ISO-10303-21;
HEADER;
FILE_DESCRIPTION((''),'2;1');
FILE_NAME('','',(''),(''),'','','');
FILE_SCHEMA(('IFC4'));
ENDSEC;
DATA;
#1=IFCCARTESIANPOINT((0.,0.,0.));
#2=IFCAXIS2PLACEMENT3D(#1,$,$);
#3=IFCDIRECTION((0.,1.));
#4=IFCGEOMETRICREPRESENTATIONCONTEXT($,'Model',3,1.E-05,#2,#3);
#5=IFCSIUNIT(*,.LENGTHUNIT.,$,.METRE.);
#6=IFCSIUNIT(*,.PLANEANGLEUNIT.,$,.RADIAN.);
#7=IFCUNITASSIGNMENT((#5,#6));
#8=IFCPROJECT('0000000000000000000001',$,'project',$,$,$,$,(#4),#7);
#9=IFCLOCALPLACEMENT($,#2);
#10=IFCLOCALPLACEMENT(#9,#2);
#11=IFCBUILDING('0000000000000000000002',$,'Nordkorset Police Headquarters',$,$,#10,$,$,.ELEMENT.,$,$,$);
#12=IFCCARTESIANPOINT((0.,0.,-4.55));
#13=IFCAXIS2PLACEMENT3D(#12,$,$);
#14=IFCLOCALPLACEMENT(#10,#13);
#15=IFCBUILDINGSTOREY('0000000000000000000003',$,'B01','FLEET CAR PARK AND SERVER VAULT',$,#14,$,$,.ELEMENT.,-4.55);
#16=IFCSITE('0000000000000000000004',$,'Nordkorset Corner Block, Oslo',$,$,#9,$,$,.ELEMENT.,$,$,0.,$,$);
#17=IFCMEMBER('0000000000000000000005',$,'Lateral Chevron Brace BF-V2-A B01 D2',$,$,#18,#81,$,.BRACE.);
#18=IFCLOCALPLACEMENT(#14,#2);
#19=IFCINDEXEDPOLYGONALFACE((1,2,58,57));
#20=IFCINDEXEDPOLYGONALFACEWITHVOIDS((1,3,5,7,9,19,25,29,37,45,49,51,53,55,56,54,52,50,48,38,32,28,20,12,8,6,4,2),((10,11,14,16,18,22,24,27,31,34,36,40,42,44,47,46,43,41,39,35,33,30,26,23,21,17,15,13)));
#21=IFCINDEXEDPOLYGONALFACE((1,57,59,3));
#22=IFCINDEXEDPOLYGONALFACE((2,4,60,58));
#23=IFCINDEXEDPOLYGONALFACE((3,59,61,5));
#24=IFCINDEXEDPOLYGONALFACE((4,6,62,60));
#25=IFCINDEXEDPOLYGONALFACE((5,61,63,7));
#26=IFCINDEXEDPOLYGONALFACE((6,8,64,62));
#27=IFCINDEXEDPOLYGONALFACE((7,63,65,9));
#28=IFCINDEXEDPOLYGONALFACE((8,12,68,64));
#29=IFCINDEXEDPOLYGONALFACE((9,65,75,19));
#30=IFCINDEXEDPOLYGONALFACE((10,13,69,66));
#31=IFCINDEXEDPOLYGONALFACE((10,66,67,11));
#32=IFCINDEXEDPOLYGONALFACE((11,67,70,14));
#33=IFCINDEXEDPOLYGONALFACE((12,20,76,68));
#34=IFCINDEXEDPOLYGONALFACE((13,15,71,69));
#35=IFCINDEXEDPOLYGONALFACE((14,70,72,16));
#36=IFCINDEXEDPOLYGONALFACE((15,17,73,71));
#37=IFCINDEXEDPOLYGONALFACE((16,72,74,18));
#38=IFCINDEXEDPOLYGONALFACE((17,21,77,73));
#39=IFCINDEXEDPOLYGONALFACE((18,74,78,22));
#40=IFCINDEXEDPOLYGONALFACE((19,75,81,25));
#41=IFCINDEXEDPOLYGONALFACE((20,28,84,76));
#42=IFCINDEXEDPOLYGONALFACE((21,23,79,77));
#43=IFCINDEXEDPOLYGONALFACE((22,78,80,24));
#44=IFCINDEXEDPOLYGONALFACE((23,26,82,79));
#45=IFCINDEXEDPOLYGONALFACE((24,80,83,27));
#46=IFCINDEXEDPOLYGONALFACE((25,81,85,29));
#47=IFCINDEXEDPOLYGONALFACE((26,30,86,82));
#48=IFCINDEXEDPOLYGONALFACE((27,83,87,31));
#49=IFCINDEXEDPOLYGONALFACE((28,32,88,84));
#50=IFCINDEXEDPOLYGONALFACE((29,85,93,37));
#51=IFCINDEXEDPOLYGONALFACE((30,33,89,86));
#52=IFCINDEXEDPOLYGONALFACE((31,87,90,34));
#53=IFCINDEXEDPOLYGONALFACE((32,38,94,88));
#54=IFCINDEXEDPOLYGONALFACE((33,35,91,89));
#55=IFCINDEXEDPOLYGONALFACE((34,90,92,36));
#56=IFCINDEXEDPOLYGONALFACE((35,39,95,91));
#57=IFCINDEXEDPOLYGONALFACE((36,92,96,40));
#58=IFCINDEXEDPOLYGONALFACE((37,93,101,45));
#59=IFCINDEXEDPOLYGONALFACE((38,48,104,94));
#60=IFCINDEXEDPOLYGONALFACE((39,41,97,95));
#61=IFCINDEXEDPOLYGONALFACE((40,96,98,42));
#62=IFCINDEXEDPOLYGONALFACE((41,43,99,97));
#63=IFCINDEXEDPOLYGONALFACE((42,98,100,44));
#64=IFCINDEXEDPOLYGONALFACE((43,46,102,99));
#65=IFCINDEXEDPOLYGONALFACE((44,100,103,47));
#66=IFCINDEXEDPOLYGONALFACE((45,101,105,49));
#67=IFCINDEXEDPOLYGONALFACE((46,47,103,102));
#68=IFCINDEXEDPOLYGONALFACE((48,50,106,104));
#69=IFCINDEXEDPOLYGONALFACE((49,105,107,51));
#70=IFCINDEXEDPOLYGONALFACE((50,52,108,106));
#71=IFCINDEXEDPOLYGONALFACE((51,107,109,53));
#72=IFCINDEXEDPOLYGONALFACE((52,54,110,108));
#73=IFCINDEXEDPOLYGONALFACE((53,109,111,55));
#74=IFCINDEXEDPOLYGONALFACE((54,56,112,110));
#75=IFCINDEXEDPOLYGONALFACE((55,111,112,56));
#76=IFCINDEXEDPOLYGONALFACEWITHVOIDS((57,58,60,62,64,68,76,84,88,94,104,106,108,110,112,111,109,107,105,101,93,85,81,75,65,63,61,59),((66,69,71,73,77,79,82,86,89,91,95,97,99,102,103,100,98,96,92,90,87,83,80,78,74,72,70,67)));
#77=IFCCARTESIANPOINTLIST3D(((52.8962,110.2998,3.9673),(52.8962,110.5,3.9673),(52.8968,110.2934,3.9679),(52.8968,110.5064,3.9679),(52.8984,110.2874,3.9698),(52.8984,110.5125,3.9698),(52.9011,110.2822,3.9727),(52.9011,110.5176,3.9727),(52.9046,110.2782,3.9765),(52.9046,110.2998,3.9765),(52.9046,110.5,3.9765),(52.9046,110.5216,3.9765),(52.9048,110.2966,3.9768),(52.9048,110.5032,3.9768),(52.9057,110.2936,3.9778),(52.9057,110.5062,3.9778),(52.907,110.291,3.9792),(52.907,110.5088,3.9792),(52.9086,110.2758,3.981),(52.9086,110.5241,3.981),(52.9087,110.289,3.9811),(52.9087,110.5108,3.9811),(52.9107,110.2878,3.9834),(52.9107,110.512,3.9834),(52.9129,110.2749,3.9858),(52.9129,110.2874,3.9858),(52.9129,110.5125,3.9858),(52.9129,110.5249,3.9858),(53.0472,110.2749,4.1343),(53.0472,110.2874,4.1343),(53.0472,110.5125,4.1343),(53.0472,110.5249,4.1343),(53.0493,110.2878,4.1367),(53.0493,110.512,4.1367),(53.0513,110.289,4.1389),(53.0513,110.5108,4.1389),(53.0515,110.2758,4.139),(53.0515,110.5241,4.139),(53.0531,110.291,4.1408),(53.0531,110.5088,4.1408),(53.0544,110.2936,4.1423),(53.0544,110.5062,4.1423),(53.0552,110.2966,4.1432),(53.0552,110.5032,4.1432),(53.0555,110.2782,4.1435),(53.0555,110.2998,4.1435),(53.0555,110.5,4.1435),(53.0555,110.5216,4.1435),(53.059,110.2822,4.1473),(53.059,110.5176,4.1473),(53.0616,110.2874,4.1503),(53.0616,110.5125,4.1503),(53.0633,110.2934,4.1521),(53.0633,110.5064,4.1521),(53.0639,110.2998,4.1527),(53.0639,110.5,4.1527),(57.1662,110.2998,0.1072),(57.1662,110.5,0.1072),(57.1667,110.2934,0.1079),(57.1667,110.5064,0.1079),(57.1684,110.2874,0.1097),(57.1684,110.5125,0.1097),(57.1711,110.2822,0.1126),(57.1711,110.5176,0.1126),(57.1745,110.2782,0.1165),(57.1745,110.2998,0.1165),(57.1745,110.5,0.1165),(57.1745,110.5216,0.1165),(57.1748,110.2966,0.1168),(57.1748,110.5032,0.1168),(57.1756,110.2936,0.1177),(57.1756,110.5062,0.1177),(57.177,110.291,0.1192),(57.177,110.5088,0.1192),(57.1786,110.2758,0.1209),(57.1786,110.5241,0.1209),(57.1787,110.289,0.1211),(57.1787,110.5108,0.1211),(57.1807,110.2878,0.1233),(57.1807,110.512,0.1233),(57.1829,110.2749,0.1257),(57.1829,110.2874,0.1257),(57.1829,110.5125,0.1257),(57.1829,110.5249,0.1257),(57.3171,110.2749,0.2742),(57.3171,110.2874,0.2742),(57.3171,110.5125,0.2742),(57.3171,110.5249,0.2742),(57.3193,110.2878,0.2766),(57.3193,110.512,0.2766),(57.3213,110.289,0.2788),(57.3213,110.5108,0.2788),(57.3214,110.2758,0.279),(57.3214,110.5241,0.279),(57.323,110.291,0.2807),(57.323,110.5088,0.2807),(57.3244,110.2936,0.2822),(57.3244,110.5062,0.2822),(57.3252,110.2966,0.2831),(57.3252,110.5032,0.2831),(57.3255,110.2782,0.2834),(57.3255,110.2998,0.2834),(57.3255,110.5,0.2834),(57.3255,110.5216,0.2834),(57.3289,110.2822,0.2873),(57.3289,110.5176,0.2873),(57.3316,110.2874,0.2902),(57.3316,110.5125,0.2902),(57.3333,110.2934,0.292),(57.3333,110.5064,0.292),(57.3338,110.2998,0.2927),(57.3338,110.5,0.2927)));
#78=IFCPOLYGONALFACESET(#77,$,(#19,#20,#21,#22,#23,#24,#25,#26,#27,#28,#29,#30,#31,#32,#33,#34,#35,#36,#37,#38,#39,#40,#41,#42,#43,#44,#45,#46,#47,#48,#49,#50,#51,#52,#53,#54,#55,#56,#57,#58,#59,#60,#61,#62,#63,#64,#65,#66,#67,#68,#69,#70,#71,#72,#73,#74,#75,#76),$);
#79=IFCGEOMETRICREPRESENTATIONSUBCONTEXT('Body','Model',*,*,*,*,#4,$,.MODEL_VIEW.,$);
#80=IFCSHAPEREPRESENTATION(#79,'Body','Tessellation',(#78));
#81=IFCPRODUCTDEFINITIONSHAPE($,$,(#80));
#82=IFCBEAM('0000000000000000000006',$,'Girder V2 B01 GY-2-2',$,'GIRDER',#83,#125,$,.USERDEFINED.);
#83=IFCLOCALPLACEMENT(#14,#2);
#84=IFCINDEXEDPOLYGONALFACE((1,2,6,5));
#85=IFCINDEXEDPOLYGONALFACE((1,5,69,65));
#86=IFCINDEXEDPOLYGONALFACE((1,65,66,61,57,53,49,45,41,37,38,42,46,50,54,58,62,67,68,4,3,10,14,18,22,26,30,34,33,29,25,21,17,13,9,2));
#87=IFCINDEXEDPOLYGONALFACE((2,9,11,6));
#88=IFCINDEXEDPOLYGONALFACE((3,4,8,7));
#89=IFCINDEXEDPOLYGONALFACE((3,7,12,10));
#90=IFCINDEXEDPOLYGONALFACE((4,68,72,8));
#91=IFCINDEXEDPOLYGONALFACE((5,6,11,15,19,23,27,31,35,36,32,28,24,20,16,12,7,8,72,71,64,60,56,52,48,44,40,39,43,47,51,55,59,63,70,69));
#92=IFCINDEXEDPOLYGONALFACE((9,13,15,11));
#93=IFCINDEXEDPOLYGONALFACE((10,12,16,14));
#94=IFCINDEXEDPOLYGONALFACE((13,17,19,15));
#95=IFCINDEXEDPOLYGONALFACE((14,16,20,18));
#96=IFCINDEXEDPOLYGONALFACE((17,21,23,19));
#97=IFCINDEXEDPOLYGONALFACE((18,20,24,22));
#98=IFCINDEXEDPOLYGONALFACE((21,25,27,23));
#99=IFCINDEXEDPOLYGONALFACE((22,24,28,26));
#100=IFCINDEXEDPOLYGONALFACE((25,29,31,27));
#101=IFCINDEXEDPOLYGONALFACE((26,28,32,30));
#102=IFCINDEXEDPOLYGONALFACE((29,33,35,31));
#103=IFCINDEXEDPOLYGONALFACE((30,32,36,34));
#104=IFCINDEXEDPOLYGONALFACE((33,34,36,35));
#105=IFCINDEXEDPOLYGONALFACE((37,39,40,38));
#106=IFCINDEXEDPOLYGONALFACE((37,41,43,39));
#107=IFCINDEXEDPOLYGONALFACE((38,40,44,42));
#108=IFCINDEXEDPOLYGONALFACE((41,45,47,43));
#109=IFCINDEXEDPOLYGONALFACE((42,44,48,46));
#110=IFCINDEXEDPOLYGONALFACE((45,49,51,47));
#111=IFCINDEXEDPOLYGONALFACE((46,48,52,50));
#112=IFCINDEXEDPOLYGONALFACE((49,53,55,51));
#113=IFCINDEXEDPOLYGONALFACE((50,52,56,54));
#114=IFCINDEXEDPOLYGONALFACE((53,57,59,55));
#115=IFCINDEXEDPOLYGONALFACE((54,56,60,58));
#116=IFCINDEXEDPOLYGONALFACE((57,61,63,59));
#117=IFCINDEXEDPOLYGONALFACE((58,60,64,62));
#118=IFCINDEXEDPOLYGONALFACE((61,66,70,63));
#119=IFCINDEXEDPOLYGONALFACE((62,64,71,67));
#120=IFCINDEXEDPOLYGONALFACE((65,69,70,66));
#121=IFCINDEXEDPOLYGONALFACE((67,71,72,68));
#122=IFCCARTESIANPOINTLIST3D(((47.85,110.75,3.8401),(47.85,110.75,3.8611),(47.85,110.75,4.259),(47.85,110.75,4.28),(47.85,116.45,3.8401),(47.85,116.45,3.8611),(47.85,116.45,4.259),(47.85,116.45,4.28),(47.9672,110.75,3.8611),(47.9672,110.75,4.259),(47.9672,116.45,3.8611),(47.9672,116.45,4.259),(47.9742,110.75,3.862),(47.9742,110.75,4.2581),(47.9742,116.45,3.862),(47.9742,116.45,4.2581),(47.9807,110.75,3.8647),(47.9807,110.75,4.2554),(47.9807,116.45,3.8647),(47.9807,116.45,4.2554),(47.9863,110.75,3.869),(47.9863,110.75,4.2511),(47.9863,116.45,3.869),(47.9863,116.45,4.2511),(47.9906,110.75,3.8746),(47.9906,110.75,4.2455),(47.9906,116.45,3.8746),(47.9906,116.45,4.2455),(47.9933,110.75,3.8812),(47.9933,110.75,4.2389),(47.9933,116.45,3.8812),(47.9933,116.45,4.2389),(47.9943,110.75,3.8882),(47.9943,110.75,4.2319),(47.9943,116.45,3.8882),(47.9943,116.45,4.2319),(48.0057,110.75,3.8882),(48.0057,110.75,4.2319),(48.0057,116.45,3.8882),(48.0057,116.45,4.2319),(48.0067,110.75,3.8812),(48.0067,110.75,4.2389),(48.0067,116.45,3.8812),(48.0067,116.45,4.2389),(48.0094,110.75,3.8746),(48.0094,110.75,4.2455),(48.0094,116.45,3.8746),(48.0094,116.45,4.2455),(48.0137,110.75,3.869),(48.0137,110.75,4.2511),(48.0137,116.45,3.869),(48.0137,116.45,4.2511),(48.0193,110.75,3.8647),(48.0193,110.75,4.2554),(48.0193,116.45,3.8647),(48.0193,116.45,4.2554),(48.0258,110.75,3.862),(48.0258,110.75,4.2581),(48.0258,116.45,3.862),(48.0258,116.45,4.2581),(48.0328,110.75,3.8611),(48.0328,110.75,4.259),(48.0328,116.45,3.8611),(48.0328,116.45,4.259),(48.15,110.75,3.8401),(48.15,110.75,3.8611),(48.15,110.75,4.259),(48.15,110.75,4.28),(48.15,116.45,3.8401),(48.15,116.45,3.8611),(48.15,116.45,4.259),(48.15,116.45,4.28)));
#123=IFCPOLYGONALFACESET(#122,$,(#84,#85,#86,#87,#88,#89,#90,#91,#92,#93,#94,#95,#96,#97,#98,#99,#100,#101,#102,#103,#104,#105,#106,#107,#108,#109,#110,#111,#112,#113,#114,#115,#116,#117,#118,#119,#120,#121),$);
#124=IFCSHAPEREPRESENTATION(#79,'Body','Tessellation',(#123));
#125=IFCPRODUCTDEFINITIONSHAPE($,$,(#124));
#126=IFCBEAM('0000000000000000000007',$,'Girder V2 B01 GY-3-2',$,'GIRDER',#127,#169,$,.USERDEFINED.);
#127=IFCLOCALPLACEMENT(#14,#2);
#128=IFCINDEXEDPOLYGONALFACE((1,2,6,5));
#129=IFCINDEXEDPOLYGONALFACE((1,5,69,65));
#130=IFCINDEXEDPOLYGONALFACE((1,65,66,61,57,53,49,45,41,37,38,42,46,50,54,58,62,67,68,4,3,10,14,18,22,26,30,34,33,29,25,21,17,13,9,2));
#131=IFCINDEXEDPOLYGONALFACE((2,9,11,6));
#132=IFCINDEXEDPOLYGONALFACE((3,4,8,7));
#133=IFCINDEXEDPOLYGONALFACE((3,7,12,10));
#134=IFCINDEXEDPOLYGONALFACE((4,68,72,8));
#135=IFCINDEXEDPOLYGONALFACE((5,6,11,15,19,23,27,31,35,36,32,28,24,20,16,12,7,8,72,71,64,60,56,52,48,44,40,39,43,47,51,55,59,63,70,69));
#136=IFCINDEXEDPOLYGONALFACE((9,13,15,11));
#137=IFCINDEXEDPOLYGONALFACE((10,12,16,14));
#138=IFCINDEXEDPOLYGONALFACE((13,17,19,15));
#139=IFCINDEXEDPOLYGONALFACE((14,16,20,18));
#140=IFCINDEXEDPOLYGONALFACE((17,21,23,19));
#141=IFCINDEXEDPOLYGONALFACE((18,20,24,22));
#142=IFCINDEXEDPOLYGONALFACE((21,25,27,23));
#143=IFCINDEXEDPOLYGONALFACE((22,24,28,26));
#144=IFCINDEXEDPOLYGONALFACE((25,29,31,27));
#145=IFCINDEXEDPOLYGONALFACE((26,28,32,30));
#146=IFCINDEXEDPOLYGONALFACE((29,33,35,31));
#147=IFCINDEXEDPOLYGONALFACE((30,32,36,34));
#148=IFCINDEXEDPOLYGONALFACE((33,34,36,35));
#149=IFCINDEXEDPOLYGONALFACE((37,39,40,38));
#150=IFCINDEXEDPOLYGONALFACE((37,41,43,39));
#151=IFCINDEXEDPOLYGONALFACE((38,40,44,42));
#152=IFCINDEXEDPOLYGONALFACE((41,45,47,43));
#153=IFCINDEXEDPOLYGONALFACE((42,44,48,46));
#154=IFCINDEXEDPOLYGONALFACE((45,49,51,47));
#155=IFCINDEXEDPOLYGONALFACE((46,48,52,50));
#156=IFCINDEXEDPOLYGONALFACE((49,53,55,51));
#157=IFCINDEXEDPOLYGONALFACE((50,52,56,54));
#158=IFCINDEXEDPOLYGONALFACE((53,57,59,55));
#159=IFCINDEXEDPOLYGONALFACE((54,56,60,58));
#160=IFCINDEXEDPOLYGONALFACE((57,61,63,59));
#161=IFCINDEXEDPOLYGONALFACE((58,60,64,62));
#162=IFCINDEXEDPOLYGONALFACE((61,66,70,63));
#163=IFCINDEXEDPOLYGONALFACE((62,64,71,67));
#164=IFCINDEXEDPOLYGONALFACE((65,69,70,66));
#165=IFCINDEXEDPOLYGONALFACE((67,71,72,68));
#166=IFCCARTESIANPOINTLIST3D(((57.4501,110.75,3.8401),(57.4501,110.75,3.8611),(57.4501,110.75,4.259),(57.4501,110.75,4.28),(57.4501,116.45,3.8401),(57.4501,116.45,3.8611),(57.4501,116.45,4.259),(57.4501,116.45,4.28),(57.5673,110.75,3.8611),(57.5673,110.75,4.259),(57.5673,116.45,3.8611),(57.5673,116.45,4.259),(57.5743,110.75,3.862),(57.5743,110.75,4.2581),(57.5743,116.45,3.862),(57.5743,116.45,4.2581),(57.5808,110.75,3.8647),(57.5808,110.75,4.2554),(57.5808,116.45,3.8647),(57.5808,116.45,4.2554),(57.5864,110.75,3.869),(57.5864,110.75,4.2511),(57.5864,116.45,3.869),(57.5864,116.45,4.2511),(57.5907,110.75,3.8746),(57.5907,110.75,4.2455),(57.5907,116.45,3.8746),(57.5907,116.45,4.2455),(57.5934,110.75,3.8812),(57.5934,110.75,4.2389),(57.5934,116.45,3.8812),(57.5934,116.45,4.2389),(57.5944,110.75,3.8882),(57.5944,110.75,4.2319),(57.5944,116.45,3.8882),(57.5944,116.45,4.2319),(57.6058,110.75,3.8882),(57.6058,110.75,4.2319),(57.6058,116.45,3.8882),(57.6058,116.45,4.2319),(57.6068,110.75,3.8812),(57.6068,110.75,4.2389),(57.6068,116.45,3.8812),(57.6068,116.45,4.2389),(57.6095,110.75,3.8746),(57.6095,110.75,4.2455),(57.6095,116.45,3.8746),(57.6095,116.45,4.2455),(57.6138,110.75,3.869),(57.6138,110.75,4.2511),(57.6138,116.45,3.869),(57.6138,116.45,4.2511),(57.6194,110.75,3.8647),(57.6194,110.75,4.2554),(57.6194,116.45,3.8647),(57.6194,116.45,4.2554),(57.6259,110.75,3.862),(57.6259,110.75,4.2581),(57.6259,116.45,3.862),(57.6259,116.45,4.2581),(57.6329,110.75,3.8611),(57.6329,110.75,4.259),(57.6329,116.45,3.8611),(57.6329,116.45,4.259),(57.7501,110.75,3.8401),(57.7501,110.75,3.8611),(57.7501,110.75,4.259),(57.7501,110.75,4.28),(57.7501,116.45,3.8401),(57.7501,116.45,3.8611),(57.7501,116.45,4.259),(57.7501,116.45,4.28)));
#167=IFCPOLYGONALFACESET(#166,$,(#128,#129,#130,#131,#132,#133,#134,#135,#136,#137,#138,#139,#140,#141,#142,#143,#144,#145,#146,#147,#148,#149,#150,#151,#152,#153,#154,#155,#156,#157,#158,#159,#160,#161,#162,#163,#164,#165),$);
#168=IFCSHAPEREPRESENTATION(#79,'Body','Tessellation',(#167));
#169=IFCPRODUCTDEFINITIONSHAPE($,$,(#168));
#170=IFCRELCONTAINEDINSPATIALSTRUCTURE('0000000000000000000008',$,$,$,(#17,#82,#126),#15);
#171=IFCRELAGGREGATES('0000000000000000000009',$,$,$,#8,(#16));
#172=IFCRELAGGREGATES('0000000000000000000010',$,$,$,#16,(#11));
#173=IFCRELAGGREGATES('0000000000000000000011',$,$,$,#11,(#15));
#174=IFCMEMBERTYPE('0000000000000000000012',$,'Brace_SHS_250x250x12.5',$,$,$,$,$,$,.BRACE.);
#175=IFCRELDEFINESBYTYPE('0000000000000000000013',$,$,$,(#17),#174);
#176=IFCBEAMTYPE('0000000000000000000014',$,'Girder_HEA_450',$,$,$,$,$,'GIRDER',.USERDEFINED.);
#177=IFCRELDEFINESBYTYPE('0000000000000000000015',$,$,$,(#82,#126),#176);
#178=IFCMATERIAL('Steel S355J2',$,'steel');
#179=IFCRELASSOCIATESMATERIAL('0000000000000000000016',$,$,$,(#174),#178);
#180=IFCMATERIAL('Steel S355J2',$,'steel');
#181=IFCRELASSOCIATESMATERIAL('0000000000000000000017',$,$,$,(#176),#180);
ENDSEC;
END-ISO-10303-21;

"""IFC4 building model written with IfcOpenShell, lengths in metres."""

from ifc_helpers import new_model, si_unit, direction, frame, origin, origin_2d, place, context, subcontext, project, spatial, hollow_rectangle, i_section, extrude, material, material_profile, profile_set, type_object, element, save


model = new_model("IFC4")

# Units and contexts
model_context = context("Model", 3, precision=1e-05, world=origin(), true_north=direction((0.0, 1.0)))
body_context = subcontext(model_context, "Body", "Model", "MODEL_VIEW")
ifc_project = project(units=[si_unit("LENGTHUNIT", "METRE"), si_unit("PLANEANGLEUNIT", "RADIAN")], contexts=[model_context])

# Site, building, storey
site_placement = place(None, origin())
site = spatial("IfcSite", under=ifc_project, at=site_placement, Name="Nordkorset Corner Block, Oslo", CompositionType="ELEMENT", RefElevation=0.0)
building_placement = place(site_placement, origin())
building = spatial("IfcBuilding", under=site, at=building_placement, Name="Nordkorset Police Headquarters", CompositionType="ELEMENT")
storey_placement = place(building_placement, frame((0.0, 0.0, -4.55)))
storey = spatial("IfcBuildingStorey", under=building, at=storey_placement, Name="B01", Description="FLEET CAR PARK AND SERVER VAULT", CompositionType="ELEMENT", Elevation=-4.55)

# Member
ifc_material_1 = material(Name="Steel S355J2", Category="steel")
ifc_material_profile_1 = material_profile(ifc_material_1, hollow_rectangle(XDim=0.25, YDim=0.25, WallThickness=0.0125, InnerFilletRadius=0.0125, OuterFilletRadius=0.0249, at=origin_2d()), Name="SHS 250x250x12.5")
ifc_profile_set_1 = profile_set([ifc_material_profile_1], Name="Steel S355J2")
member_type = type_object("IfcMemberType", Name="Brace_SHS_250x250x12.5", PredefinedType="BRACE", material=ifc_profile_set_1)
for number, where, z_axis, x_axis, name in (
    (1, (57.25, 110.3999, 0.2), (-0.741816, 0.0, 0.670603), (0.0, -1.0, 0.0), "Lateral Chevron Brace BF-V2-A B01 D2"),
):
    element("IfcMember", number, at=place(storey_placement, frame(where, z_axis=z_axis, x_axis=x_axis)), inside=storey, type_object=member_type, Name=name, PredefinedType="BRACE", context=body_context, shape_type="SweptSolid", body=[
        extrude(hollow_rectangle(XDim=0.25, YDim=0.25, WallThickness=0.0125, InnerFilletRadius=0.0125, OuterFilletRadius=0.0249, at=origin_2d()), origin(), (0.0, 0.0, 1.0), 5.7561),
    ])

# Beams
ifc_material_2 = material(Name="Steel S355J2", Category="steel")
ifc_material_profile_2 = material_profile(ifc_material_2, i_section(OverallWidth=0.3, OverallDepth=0.4399, WebThickness=0.0115, FlangeThickness=0.021, FilletRadius=0.0271, at=origin_2d()), Name="HEA 450")
ifc_profile_set_2 = profile_set([ifc_material_profile_2], Name="Steel S355J2")
beam_type_1 = type_object("IfcBeamType", Name="Girder_HEA_450", ElementType="GIRDER", PredefinedType="USERDEFINED", material=ifc_profile_set_2)
for number, where, z_axis, x_axis, name in (
    (2, (48.0, 110.75, 4.0601), (0.0, 1.0, 0.0), (-1.0, 0.0, 0.0), "Girder V2 B01 GY-2-2"),
    (3, (57.6001, 110.75, 4.0601), (0.0, 1.0, 0.0), (-1.0, 0.0, 0.0), "Girder V2 B01 GY-3-2"),
):
    element("IfcBeam", number, at=place(storey_placement, frame(where, z_axis=z_axis, x_axis=x_axis)), inside=storey, type_object=beam_type_1, Name=name, ObjectType="GIRDER", PredefinedType="USERDEFINED", context=body_context, shape_type="SweptSolid", body=[
        extrude(i_section(OverallWidth=0.3, OverallDepth=0.4399, WebThickness=0.0115, FlangeThickness=0.021, FilletRadius=0.0271, at=origin_2d()), origin(), (0.0, 0.0, 1.0), 5.7),
    ])

save(model, "model.ifc")
